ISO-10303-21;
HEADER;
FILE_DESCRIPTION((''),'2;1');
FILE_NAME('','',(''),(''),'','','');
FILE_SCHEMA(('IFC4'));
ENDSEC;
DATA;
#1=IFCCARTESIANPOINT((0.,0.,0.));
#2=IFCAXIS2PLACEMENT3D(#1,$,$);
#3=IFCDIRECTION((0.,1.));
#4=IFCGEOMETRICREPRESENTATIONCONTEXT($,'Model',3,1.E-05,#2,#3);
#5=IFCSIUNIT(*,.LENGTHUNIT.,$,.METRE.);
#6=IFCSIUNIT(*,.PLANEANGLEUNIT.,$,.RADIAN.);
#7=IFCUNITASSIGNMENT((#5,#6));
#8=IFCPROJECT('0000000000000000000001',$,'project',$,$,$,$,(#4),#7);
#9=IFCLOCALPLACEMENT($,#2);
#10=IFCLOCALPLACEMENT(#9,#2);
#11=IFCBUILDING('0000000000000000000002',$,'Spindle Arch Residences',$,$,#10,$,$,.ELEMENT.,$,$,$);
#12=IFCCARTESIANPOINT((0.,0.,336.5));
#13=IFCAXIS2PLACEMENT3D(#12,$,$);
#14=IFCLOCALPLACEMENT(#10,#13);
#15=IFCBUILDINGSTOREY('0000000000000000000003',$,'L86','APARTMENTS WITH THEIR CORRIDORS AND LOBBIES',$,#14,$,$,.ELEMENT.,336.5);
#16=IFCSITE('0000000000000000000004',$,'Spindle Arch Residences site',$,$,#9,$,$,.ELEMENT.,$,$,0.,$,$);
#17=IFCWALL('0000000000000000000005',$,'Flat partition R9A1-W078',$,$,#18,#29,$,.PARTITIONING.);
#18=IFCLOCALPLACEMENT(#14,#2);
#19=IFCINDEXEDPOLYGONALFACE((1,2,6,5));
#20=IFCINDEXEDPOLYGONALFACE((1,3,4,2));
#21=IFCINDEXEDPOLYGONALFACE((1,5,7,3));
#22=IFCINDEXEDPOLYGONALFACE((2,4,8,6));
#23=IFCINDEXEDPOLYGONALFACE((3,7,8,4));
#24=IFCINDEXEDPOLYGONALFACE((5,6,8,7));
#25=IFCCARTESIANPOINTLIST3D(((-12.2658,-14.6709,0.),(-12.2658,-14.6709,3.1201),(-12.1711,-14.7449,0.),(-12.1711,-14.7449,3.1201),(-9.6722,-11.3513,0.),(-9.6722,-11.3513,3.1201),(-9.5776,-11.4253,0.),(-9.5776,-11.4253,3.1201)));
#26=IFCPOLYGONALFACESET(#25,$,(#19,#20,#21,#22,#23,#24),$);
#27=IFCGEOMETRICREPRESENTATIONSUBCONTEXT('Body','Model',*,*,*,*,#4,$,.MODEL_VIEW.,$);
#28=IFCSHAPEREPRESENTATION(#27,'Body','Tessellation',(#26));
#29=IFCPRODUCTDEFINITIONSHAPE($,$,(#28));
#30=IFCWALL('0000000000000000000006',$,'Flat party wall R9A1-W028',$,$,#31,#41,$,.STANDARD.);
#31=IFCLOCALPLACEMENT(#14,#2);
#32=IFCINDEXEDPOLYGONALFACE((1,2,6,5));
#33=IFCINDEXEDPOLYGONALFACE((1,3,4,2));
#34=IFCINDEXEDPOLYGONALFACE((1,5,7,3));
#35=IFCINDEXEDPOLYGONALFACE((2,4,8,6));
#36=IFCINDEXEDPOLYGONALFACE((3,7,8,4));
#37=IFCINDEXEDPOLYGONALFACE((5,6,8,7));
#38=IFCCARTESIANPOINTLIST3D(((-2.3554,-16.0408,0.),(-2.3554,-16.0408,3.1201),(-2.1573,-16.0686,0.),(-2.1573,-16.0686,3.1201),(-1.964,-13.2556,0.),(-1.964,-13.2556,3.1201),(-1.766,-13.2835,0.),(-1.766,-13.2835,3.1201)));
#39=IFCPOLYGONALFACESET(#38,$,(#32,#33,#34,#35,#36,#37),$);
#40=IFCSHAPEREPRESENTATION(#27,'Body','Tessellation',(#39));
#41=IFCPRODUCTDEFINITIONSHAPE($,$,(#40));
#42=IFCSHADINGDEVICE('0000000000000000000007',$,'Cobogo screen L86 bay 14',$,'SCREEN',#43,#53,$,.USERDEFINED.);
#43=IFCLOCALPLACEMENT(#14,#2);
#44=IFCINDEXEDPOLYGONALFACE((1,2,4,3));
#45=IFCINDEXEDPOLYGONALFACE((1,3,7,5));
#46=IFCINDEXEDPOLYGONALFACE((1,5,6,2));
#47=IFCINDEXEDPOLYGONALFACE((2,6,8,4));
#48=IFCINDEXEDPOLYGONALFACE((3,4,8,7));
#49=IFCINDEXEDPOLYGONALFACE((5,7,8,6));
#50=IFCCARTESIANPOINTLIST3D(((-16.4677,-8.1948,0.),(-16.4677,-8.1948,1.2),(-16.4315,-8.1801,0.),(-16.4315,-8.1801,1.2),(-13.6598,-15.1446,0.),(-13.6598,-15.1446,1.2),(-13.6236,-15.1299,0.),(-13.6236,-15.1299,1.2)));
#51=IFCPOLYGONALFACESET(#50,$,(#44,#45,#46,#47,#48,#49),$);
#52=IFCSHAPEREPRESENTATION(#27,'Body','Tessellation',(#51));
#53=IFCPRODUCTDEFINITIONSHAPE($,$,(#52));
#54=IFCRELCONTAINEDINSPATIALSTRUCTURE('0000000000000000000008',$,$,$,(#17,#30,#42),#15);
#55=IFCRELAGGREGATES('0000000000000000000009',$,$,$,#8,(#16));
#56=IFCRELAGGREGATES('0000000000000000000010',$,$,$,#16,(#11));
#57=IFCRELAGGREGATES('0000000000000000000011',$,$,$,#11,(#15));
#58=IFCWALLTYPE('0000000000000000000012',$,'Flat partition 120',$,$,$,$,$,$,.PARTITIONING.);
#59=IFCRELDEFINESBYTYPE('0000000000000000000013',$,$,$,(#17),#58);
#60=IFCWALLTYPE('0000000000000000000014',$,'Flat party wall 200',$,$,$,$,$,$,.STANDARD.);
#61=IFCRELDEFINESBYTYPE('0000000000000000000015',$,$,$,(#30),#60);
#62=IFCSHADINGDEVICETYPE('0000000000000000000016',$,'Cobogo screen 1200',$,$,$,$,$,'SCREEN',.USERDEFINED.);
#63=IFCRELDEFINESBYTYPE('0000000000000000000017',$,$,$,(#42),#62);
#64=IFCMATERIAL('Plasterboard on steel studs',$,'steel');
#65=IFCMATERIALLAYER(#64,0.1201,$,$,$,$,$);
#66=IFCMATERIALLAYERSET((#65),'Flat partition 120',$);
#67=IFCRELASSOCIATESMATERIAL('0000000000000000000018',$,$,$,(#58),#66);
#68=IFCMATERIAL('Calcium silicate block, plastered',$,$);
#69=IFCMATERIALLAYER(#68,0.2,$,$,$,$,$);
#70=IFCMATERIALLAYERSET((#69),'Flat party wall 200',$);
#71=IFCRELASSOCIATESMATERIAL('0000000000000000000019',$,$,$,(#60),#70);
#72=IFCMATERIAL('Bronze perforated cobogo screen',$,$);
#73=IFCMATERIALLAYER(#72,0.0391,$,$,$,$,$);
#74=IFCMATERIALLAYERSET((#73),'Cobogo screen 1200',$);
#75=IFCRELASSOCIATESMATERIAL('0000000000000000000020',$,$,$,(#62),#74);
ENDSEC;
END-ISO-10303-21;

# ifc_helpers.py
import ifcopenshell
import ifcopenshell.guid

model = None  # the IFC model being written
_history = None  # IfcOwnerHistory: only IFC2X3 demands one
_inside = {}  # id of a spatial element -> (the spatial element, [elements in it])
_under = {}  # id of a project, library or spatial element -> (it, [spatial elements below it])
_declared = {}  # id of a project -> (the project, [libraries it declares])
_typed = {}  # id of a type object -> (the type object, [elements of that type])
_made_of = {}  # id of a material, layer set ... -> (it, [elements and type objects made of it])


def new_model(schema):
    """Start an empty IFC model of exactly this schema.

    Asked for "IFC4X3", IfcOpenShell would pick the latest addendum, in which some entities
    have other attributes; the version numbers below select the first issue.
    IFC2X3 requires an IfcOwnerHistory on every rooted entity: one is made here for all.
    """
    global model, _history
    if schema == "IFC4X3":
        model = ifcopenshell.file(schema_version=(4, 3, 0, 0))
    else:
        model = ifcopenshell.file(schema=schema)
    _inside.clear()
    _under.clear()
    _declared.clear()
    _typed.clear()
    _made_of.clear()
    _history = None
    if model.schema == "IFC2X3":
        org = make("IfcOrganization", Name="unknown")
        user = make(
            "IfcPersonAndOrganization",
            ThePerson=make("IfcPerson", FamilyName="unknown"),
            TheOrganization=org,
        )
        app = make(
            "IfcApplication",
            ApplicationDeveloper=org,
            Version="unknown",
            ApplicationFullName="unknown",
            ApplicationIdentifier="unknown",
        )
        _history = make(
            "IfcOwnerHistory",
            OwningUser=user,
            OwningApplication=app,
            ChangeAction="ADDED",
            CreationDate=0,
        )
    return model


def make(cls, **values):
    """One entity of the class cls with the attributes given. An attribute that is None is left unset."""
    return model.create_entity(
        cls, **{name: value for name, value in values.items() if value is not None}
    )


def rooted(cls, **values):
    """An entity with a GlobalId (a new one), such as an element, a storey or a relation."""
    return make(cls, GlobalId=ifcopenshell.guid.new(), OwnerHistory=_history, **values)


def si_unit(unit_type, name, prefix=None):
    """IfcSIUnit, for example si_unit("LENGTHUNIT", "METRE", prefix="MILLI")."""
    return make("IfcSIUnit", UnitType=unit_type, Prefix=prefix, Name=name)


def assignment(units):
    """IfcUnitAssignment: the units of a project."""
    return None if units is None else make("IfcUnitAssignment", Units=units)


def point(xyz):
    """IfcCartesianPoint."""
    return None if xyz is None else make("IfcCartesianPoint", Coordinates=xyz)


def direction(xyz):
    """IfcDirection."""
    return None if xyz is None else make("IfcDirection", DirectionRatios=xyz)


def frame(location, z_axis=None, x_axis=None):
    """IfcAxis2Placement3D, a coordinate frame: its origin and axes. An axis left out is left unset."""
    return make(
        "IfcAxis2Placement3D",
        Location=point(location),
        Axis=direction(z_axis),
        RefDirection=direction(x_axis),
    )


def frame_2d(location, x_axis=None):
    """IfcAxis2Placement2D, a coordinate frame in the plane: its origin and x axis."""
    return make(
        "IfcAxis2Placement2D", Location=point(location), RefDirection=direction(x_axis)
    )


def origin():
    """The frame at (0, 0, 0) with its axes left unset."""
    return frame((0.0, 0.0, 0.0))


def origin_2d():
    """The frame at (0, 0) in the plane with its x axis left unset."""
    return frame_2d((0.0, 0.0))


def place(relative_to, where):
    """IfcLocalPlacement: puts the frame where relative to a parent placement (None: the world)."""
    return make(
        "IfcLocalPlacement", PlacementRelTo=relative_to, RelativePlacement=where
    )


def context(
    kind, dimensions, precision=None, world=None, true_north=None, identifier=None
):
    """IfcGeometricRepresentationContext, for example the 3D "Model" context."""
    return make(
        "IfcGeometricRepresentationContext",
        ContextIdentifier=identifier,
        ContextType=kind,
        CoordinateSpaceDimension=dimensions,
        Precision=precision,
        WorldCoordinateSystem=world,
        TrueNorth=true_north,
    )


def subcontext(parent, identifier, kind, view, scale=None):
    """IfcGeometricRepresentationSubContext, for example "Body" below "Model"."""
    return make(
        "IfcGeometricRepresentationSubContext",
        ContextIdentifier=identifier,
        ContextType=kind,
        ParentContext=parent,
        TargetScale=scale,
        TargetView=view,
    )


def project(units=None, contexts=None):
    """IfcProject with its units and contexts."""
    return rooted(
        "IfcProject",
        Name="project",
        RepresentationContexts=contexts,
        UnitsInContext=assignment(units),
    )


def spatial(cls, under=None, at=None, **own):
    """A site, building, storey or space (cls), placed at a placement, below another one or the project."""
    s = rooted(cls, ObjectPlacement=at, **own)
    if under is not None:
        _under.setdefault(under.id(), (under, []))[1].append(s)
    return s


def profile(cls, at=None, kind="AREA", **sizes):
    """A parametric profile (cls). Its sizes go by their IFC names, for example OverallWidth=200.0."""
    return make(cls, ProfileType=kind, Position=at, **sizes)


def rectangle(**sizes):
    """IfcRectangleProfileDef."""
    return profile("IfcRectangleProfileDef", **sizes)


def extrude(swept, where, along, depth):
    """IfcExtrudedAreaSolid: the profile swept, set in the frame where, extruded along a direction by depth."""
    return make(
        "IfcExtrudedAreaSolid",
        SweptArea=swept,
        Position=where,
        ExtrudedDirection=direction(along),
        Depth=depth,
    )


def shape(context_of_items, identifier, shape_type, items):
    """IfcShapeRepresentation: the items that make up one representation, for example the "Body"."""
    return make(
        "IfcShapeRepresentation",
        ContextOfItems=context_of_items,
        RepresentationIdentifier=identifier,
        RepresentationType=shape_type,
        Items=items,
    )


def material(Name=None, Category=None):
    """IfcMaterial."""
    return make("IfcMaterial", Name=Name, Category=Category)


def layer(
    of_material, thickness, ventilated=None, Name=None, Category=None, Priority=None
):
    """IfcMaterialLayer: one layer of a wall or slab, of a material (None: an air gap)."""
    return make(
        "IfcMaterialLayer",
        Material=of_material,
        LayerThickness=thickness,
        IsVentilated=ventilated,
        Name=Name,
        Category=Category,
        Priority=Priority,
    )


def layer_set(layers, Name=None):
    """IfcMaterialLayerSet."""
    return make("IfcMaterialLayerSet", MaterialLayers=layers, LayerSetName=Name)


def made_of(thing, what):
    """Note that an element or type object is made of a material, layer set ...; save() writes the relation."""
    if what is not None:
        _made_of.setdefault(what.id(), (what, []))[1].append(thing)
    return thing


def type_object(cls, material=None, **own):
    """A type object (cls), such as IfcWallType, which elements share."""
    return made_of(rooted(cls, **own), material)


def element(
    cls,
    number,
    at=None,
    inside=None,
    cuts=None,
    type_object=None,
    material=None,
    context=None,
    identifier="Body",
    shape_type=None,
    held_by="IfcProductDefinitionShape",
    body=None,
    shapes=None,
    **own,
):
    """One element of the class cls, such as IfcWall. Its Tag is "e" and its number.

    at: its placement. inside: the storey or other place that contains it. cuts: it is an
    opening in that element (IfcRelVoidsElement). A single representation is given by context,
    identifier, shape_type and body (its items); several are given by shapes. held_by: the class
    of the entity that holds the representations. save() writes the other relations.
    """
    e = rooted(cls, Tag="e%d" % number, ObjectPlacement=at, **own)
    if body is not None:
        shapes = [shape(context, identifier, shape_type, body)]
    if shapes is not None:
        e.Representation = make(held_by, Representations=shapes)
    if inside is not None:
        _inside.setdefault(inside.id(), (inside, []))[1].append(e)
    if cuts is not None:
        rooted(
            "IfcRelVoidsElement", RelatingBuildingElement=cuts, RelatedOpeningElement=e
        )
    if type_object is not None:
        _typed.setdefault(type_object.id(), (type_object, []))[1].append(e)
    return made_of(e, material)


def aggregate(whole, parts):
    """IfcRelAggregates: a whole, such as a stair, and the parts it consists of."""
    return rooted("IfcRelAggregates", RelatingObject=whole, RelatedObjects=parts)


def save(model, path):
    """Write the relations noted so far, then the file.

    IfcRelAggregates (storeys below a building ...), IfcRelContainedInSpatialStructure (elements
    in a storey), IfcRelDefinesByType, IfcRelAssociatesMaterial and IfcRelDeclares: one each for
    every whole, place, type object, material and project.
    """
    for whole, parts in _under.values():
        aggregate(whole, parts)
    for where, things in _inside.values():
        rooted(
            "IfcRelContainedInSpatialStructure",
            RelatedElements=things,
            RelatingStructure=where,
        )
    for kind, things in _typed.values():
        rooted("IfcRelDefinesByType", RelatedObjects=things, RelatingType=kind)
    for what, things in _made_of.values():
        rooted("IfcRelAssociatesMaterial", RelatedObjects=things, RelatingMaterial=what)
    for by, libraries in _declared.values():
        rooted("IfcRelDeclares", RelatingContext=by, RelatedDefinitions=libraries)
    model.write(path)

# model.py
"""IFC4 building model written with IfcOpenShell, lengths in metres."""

from ifc_helpers import new_model, si_unit, direction, frame, frame_2d, origin, origin_2d, place, context, subcontext, project, spatial, rectangle, extrude, material, layer, layer_set, type_object, element, save


model = new_model("IFC4")

# Units and contexts
model_context = context("Model", 3, precision=1e-05, world=origin(), true_north=direction((0.0, 1.0)))
body_context = subcontext(model_context, "Body", "Model", "MODEL_VIEW")
ifc_project = project(units=[si_unit("LENGTHUNIT", "METRE"), si_unit("PLANEANGLEUNIT", "RADIAN")], contexts=[model_context])

# Site, building, storey
site_placement = place(None, origin())
site = spatial("IfcSite", under=ifc_project, at=site_placement, Name="Spindle Arch Residences site", CompositionType="ELEMENT", RefElevation=0.0)
building_placement = place(site_placement, origin())
building = spatial("IfcBuilding", under=site, at=building_placement, Name="Spindle Arch Residences", CompositionType="ELEMENT")
storey_placement = place(building_placement, frame((0.0, 0.0, 336.5)))
storey = spatial("IfcBuildingStorey", under=building, at=storey_placement, Name="L86", Description="APARTMENTS WITH THEIR CORRIDORS AND LOBBIES", CompositionType="ELEMENT", Elevation=336.5)

# Shared definitions
ifc_material_1 = material(Name="Plasterboard on steel studs", Category="steel")
ifc_layer_1 = layer(ifc_material_1, 0.1201)
ifc_layer_set_1 = layer_set([ifc_layer_1], Name="Flat partition 120")
wall_type_1 = type_object("IfcWallType", Name="Flat partition 120", PredefinedType="PARTITIONING", material=ifc_layer_set_1)

# Walls
wall_1_placement = place(storey_placement, frame((-12.2185, -14.708, 0.0), z_axis=(0.0, 0.0, 1.0), x_axis=(0.615656, 0.788015, 0.0)))
element("IfcWall", 1, at=wall_1_placement, inside=storey, type_object=wall_type_1, Name="Flat partition R9A1-W078", PredefinedType="PARTITIONING", context=body_context, shape_type="SweptSolid", body=[
    extrude(rectangle(XDim=4.2126, YDim=0.1201, at=frame_2d((2.1064, 0.0))), origin(), (0.0, 0.0, 1.0), 3.1201),
])
ifc_material_2 = material(Name="Calcium silicate block, plastered")
ifc_layer_2 = layer(ifc_material_2, 0.2)
ifc_layer_set_2 = layer_set([ifc_layer_2], Name="Flat party wall 200")
wall_type_2 = type_object("IfcWallType", Name="Flat party wall 200", PredefinedType="STANDARD", material=ifc_layer_set_2)
wall_2_placement = place(storey_placement, frame((-2.2563, -16.0547, 0.0), z_axis=(0.0, 0.0, 1.0), x_axis=(0.139148, 0.990272, 0.0)))
element("IfcWall", 2, at=wall_2_placement, inside=storey, type_object=wall_type_2, Name="Flat party wall R9A1-W028", PredefinedType="STANDARD", context=body_context, shape_type="SweptSolid", body=[
    extrude(rectangle(XDim=2.8125, YDim=0.2, at=frame_2d((1.4062, 0.0))), origin(), (0.0, 0.0, 1.0), 3.1201),
])

# Shading device
ifc_material_3 = material(Name="Bronze perforated cobogo screen")
ifc_layer_3 = layer(ifc_material_3, 0.0391)
ifc_layer_set_3 = layer_set([ifc_layer_3], Name="Cobogo screen 1200")
shading_device_type = type_object("IfcShadingDeviceType", Name="Cobogo screen 1200", ElementType="SCREEN", PredefinedType="USERDEFINED", material=ifc_layer_set_3)
shading_device_placement = place(storey_placement, frame((-15.0457, -11.6624, 0.0), z_axis=(0.0, 0.0, 1.0), x_axis=(0.374607, -0.927184, 0.0)))
element("IfcShadingDevice", 3, at=shading_device_placement, inside=storey, type_object=shading_device_type, Name="Cobogo screen L86 bay 14", ObjectType="SCREEN", PredefinedType="USERDEFINED", context=body_context, shape_type="SweptSolid", body=[
    extrude(rectangle(XDim=7.4956, YDim=0.0391, at=origin_2d()), origin(), (0.0, 0.0, 1.0), 1.2),
])

save(model, "model.ifc")
